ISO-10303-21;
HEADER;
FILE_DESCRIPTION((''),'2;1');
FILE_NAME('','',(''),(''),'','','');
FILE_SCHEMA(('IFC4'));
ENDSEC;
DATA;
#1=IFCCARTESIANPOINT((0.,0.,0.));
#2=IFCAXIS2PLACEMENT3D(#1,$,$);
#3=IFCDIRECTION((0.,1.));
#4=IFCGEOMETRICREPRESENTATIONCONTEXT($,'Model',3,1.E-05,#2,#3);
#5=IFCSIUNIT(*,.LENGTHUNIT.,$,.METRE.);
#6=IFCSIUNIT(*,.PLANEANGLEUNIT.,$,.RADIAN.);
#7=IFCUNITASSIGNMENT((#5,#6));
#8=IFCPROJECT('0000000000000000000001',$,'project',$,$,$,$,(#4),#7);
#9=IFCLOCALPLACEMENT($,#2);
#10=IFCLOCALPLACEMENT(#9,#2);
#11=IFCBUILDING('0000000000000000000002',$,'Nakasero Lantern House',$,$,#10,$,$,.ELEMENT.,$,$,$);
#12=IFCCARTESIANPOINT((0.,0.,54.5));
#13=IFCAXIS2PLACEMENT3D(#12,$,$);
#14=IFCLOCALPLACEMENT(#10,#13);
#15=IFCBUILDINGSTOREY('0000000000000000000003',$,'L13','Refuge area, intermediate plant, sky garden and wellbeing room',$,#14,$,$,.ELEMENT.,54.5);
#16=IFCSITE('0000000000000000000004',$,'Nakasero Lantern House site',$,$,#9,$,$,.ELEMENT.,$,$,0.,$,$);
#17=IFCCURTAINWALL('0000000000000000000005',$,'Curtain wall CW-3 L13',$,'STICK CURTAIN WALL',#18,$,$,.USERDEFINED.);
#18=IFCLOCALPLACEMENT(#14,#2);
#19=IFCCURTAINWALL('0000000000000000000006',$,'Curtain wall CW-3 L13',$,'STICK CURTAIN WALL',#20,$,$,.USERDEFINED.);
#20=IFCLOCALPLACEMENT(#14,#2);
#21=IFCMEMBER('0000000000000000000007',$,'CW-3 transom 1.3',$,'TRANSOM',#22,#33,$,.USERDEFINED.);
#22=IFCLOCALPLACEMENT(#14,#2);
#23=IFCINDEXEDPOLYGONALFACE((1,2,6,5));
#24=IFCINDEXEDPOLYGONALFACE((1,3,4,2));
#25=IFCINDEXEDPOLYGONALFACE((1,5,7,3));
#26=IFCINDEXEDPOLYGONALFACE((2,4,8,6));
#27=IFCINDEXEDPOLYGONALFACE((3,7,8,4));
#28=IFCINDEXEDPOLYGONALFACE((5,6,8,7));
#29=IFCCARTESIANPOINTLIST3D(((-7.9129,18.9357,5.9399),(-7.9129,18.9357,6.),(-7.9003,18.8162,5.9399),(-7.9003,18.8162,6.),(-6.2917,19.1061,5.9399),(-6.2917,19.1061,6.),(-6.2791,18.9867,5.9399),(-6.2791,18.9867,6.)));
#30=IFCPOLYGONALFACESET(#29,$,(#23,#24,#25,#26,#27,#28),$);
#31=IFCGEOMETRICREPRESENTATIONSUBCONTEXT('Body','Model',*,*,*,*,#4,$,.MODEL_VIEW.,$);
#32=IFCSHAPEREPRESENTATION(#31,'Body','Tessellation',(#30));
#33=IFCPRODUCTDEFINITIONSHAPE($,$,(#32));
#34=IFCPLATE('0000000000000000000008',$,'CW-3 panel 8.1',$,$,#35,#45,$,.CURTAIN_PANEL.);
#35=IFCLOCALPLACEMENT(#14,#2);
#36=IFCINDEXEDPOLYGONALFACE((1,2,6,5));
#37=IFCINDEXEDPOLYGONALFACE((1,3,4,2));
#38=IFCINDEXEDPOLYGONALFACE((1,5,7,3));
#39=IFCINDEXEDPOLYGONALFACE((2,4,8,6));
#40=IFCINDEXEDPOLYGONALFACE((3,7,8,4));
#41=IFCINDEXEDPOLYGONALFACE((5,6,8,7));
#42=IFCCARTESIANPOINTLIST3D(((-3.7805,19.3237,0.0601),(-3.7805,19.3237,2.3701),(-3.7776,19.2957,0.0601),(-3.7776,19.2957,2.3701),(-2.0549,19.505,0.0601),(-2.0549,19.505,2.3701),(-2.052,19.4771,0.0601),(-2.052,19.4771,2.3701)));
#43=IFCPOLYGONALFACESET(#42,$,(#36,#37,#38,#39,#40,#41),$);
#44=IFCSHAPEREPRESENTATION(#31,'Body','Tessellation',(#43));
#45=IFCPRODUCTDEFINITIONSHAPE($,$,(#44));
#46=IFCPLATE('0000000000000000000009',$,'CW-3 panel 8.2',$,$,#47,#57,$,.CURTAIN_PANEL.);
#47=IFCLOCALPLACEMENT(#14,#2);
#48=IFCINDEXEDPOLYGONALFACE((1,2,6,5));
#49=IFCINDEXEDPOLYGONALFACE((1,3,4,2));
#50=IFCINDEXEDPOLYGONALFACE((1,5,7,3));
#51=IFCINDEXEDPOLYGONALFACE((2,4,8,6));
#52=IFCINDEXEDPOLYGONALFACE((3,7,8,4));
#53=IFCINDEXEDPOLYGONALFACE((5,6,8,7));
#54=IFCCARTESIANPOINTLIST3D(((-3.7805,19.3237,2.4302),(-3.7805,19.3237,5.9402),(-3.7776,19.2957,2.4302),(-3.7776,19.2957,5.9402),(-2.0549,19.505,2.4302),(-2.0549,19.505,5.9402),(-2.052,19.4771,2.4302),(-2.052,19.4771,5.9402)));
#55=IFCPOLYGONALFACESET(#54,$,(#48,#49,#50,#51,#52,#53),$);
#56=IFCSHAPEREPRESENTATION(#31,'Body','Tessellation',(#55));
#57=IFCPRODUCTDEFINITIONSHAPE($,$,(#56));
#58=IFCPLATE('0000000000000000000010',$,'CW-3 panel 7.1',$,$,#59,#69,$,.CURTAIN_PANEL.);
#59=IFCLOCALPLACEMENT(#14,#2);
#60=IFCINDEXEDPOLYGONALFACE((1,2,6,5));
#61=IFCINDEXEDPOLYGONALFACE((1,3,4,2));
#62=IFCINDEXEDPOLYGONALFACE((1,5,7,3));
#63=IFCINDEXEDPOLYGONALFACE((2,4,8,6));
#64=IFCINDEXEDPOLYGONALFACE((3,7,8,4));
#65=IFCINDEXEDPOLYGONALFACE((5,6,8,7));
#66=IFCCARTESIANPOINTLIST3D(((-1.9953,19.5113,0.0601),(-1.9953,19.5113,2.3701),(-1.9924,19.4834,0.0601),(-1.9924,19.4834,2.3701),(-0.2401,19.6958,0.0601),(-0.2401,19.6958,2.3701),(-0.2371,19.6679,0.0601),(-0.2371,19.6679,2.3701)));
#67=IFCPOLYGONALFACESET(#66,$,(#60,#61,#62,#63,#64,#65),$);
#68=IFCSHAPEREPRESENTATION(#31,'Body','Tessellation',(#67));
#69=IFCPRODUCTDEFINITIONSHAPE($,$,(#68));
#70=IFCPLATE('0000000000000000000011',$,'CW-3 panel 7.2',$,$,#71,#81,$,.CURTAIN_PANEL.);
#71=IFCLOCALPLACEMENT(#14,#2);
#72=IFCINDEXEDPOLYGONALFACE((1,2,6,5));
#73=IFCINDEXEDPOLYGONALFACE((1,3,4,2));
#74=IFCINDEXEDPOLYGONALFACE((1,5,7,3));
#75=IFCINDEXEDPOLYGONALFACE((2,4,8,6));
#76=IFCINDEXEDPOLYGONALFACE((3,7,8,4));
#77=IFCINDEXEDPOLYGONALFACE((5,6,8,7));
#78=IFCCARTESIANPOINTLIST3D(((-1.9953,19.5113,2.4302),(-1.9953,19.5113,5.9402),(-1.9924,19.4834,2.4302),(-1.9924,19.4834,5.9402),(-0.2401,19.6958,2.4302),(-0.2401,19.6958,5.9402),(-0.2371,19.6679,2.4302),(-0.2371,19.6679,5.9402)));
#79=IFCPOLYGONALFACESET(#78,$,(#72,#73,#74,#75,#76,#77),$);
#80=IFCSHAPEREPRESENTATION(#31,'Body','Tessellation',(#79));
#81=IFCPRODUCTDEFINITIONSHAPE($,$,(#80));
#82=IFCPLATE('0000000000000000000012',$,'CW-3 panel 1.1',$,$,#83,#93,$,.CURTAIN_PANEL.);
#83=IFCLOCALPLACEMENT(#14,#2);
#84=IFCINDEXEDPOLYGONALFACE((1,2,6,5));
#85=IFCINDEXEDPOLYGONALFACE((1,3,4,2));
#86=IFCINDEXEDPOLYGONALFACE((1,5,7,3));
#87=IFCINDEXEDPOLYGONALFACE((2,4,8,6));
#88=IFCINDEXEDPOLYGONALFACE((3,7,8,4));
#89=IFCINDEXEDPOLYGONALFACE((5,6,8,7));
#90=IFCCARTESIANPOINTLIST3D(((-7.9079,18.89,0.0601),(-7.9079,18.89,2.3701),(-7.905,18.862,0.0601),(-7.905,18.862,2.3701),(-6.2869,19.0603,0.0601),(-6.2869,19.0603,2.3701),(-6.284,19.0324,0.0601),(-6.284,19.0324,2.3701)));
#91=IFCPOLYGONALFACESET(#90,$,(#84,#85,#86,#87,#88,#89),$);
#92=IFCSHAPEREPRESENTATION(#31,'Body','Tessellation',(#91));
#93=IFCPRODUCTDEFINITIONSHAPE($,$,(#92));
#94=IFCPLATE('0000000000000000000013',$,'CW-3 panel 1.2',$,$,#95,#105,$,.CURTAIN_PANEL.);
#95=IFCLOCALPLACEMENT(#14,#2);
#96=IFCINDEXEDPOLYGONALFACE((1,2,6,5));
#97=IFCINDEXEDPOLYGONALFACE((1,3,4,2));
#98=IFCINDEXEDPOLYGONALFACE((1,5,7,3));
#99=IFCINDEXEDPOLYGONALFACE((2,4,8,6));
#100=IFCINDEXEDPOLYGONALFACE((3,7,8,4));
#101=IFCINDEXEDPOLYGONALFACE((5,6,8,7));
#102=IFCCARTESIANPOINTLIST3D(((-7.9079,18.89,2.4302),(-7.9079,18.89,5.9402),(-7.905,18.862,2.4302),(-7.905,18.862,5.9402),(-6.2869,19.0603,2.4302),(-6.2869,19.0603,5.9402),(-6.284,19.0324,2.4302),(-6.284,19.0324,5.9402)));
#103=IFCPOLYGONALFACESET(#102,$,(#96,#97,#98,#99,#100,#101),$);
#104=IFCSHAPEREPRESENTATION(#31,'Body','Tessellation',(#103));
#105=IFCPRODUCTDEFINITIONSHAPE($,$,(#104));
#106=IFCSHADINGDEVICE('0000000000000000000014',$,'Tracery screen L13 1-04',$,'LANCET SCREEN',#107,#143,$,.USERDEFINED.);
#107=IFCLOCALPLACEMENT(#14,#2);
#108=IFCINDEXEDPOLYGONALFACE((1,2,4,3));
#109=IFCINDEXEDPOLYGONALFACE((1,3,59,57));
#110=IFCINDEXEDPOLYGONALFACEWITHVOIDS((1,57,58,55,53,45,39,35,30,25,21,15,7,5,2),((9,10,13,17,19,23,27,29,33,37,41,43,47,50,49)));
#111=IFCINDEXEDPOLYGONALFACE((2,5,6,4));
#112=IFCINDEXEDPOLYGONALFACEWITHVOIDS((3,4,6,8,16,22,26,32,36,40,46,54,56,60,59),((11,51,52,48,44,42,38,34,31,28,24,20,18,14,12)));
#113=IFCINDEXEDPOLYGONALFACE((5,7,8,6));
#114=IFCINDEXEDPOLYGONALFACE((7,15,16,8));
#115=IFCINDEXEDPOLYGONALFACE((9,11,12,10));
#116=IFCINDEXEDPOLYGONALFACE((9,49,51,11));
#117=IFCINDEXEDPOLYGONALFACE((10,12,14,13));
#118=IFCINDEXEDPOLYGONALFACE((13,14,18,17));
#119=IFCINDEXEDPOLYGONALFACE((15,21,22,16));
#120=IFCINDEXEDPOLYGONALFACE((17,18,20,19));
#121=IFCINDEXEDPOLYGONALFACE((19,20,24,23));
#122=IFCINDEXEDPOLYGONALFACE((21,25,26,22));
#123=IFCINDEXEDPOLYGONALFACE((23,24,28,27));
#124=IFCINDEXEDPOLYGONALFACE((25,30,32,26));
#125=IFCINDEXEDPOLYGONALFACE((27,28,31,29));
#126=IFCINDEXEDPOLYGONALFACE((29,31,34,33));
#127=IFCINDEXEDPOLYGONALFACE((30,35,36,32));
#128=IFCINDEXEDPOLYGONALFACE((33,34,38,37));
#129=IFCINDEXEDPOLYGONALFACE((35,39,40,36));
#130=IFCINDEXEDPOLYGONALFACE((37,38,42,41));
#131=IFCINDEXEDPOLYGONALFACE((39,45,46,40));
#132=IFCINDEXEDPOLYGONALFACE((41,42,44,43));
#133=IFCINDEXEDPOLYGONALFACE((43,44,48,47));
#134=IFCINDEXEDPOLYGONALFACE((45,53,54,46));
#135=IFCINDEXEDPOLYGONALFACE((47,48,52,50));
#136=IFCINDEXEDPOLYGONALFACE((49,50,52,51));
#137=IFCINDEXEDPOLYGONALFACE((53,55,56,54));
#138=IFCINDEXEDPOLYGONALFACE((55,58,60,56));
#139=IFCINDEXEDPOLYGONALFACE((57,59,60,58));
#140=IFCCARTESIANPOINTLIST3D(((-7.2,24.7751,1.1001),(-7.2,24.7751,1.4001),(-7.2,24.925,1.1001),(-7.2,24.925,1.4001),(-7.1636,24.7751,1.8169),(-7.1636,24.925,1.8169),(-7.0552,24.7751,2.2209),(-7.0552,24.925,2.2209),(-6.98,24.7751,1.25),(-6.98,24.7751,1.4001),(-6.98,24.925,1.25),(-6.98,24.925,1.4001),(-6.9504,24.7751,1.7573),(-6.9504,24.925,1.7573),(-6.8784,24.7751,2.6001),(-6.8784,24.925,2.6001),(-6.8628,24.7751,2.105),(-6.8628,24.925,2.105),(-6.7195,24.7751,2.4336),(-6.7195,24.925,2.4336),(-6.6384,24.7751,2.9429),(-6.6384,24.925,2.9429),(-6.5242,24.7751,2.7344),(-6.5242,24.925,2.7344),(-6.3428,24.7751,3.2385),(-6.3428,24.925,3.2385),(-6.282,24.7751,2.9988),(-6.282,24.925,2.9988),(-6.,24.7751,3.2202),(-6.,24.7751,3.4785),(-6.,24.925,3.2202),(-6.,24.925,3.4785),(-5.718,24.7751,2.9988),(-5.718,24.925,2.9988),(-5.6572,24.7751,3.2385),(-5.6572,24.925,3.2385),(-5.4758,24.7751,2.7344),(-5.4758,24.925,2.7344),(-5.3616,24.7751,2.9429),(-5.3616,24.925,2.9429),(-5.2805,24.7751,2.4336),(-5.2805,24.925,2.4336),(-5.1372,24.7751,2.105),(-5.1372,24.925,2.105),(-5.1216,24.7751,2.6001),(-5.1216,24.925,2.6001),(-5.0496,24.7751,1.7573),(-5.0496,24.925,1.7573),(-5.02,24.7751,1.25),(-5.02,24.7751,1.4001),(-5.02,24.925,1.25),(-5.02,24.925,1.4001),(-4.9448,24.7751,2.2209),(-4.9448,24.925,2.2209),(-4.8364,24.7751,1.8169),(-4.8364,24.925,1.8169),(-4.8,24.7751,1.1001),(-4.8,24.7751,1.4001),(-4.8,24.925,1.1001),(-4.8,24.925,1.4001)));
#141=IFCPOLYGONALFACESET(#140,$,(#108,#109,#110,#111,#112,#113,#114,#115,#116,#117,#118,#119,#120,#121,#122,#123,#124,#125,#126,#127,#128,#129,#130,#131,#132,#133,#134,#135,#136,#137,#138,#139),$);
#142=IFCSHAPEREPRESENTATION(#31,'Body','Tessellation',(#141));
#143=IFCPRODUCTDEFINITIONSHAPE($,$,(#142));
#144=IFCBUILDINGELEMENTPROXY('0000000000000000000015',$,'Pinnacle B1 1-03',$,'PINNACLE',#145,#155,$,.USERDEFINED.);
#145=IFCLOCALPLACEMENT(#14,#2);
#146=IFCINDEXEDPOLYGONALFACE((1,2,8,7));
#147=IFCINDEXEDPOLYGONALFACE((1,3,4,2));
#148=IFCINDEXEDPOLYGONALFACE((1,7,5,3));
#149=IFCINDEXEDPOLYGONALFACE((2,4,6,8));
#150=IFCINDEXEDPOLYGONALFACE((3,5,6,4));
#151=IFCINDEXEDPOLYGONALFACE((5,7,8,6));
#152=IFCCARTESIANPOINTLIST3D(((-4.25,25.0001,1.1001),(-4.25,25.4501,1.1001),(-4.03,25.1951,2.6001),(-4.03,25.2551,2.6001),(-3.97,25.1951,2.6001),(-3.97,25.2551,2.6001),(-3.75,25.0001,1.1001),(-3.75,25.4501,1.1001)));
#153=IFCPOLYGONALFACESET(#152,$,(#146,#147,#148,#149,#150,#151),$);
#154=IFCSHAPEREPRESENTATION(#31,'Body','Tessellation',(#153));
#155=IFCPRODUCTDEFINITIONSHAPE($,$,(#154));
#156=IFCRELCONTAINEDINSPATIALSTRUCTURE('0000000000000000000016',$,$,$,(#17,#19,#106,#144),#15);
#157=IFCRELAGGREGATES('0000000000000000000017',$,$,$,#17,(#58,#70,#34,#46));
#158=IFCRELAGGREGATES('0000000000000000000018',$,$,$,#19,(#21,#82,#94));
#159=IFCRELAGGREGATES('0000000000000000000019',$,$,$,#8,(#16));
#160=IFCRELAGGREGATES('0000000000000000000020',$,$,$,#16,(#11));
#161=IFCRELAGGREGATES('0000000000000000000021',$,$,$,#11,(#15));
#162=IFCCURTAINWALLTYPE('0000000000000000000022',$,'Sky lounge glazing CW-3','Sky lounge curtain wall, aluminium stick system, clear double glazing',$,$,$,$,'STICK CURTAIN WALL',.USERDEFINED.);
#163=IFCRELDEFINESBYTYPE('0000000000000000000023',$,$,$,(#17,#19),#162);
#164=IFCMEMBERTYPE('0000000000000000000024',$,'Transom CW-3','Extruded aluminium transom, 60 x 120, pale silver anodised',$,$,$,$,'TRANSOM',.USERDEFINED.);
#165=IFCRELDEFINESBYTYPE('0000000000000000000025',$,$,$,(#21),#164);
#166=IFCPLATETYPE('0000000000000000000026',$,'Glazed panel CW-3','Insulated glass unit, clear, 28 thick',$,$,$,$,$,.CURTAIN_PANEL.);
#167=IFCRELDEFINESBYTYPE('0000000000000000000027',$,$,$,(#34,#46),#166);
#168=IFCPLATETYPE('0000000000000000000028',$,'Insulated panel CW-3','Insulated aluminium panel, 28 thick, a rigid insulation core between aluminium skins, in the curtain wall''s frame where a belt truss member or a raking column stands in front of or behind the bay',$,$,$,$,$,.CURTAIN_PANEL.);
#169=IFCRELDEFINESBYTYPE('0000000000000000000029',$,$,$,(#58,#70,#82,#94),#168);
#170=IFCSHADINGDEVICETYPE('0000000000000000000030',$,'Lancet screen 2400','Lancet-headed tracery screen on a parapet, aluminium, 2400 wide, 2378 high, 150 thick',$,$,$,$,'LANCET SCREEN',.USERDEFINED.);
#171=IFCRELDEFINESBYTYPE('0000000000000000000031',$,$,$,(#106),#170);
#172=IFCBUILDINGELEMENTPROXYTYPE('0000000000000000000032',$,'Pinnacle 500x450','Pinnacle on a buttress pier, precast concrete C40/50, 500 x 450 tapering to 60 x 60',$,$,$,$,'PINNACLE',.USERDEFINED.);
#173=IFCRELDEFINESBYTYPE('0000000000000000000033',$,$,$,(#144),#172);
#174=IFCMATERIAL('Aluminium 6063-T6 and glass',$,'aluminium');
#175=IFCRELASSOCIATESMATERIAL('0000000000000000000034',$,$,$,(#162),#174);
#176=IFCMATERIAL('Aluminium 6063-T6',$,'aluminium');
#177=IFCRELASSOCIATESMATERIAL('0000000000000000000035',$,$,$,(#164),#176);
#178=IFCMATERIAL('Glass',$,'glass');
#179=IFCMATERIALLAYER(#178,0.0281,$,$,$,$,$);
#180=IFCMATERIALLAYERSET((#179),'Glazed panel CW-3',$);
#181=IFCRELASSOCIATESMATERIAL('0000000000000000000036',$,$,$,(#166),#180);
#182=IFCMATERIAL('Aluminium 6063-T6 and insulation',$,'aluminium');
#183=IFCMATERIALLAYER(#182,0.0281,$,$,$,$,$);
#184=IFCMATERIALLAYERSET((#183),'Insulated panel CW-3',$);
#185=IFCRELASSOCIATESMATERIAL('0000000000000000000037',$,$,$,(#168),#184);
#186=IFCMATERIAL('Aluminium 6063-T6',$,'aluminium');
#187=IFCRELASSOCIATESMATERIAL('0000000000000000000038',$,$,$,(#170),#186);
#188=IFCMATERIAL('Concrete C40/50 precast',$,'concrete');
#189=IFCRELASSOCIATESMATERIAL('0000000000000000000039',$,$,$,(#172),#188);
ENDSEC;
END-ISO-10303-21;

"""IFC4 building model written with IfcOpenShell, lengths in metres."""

from ifc_helpers import new_model, entity, si_unit, direction, frame, origin, origin_2d, place, context, subcontext, project, spatial, polyline, rectangle, outline, extrude, material, layer, layer_set, material_profile, profile_set, type_object, element, aggregate, save


model = new_model("IFC4")

# Units and contexts
model_context = context("Model", 3, precision=1e-05, world=origin(), true_north=direction((0.0, 1.0)))
body_context = subcontext(model_context, "Body", "Model", "MODEL_VIEW")
ifc_project = project(units=[si_unit("LENGTHUNIT", "METRE"), si_unit("PLANEANGLEUNIT", "RADIAN")], contexts=[model_context])

# Site, building, storey
site_placement = place(None, origin())
site = spatial("IfcSite", under=ifc_project, at=site_placement, Name="Nakasero Lantern House site", CompositionType="ELEMENT", RefElevation=0.0)
building_placement = place(site_placement, origin())
building = spatial("IfcBuilding", under=site, at=building_placement, Name="Nakasero Lantern House", CompositionType="ELEMENT")
storey_placement = place(building_placement, frame((0.0, 0.0, 54.5)))
storey = spatial("IfcBuildingStorey", under=building, at=storey_placement, Name="L13", Description="Refuge area, intermediate plant, sky garden and wellbeing room", CompositionType="ELEMENT", Elevation=54.5)

# Curtain wall
ifc_material_1 = material(Name="Aluminium 6063-T6 and glass", Category="aluminium")
curtain_wall_type = type_object("IfcCurtainWallType", Name="Sky lounge glazing CW-3", Description="Sky lounge curtain wall, aluminium stick system, clear double glazing", ElementType="STICK CURTAIN WALL", PredefinedType="USERDEFINED", material=ifc_material_1)
curtain_wall_1_placement = place(storey_placement, origin())
curtain_wall_1 = element("IfcCurtainWall", 1, at=curtain_wall_1_placement, inside=storey, type_object=curtain_wall_type, Name="Curtain wall CW-3 L13", ObjectType="STICK CURTAIN WALL", PredefinedType="USERDEFINED")

# Curtain wall
curtain_wall_2_placement = place(storey_placement, origin())
curtain_wall_2 = element("IfcCurtainWall", 2, at=curtain_wall_2_placement, inside=storey, type_object=curtain_wall_type, Name="Curtain wall CW-3 L13", ObjectType="STICK CURTAIN WALL", PredefinedType="USERDEFINED")

# Member
ifc_material_2 = material(Name="Aluminium 6063-T6", Category="aluminium")
ifc_material_profile_1 = material_profile(ifc_material_2, rectangle(XDim=0.0601, YDim=0.1201, at=origin_2d()), Name="CW-3 transom 60x120")
ifc_profile_set_1 = profile_set([ifc_material_profile_1], Name="Aluminium 6063-T6")
member_type_1 = type_object("IfcMemberType", Name="Transom CW-3", Description="Extruded aluminium transom, 60 x 120, pale silver anodised", ElementType="TRANSOM", PredefinedType="USERDEFINED", material=ifc_profile_set_1)
member_1_placement = place(storey_placement, frame((-6.2854, 19.0464, 5.97), z_axis=(-0.99452, -0.104544, 0.0), x_axis=(0.0, 0.0, 1.0)))
member_1 = element("IfcMember", 3, at=member_1_placement, type_object=member_type_1, Name="CW-3 transom 1.3", ObjectType="TRANSOM", PredefinedType="USERDEFINED", context=body_context, shape_type="SweptSolid", body=[
    extrude(rectangle(XDim=0.0601, YDim=0.1201, at=origin_2d()), origin(), (0.0, 0.0, 1.0), 1.6301),
])

# Plates
ifc_material_3 = material(Name="Glass", Category="glass")
ifc_layer_1 = layer(ifc_material_3, 0.0281)
ifc_layer_set_1 = layer_set([ifc_layer_1], Name="Glazed panel CW-3")
plate_type_1 = type_object("IfcPlateType", Name="Glazed panel CW-3", Description="Insulated glass unit, clear, 28 thick", PredefinedType="CURTAIN_PANEL", material=ifc_layer_set_1)
plate_1_placement = place(storey_placement, frame((-2.9163, 19.4004, 0.0601), z_axis=(0.0, 0.0, 1.0), x_axis=(-0.994522, -0.104528, 0.0)))
plate_1 = element("IfcPlate", 4, at=plate_1_placement, type_object=plate_type_1, Name="CW-3 panel 8.1", PredefinedType="CURTAIN_PANEL", context=body_context, shape_type="SweptSolid", body=[
    extrude(rectangle(XDim=1.7351, YDim=0.0281, at=origin_2d()), origin(), (0.0, 0.0, 1.0), 2.3101),
])
plate_2_placement = place(storey_placement, frame((-2.9163, 19.4004, 2.4302), z_axis=(0.0, 0.0, 1.0), x_axis=(-0.994522, -0.104528, 0.0)))
plate_2 = element("IfcPlate", 5, at=plate_2_placement, type_object=plate_type_1, Name="CW-3 panel 8.2", PredefinedType="CURTAIN_PANEL", context=body_context, shape_type="SweptSolid", body=[
    extrude(rectangle(XDim=1.7351, YDim=0.0281, at=origin_2d()), origin(), (0.0, 0.0, 1.0), 3.51),
])
ifc_material_4 = material(Name="Aluminium 6063-T6 and insulation", Category="aluminium")
ifc_layer_2 = layer(ifc_material_4, 0.0281)
ifc_layer_set_2 = layer_set([ifc_layer_2], Name="Insulated panel CW-3")
plate_type_2 = type_object("IfcPlateType", Name="Insulated panel CW-3", Description="Insulated aluminium panel, 28 thick, a rigid insulation core between aluminium skins, in the curtain wall's frame where a belt truss member or a raking column stands in front of or behind the bay", PredefinedType="CURTAIN_PANEL", material=ifc_layer_set_2)
plate_3_placement = place(storey_placement, frame((-1.1162, 19.5896, 0.0601), z_axis=(0.0, 0.0, 1.0), x_axis=(-0.994522, -0.104528, 0.0)))
plate_3 = element("IfcPlate", 6, at=plate_3_placement, type_object=plate_type_2, Name="CW-3 panel 7.1", PredefinedType="CURTAIN_PANEL", context=body_context, shape_type="SweptSolid", body=[
    extrude(rectangle(XDim=1.7649, YDim=0.0281, at=origin_2d()), origin(), (0.0, 0.0, 1.0), 2.3101),
])
plate_4_placement = place(storey_placement, frame((-1.1162, 19.5896, 2.4302), z_axis=(0.0, 0.0, 1.0), x_axis=(-0.994522, -0.104528, 0.0)))
plate_4 = element("IfcPlate", 7, at=plate_4_placement, type_object=plate_type_2, Name="CW-3 panel 7.2", PredefinedType="CURTAIN_PANEL", context=body_context, shape_type="SweptSolid", body=[
    extrude(rectangle(XDim=1.7649, YDim=0.0281, at=origin_2d()), origin(), (0.0, 0.0, 1.0), 3.51),
])
aggregate(curtain_wall_1, [plate_3, plate_4, plate_1, plate_2])
plate_5_placement = place(storey_placement, frame((-7.0959, 18.9612, 0.0601), z_axis=(0.0, 0.0, 1.0), x_axis=(-0.994522, -0.104528, 0.0)))
plate_5 = element("IfcPlate", 8, at=plate_5_placement, type_object=plate_type_2, Name="CW-3 panel 1.1", PredefinedType="CURTAIN_PANEL", context=body_context, shape_type="SweptSolid", body=[
    extrude(rectangle(XDim=1.6299, YDim=0.0281, at=origin_2d()), origin(), (0.0, 0.0, 1.0), 2.3101),
])
plate_6_placement = place(storey_placement, frame((-7.0959, 18.9612, 2.4302), z_axis=(0.0, 0.0, 1.0), x_axis=(-0.994522, -0.104528, 0.0)))
plate_6 = element("IfcPlate", 9, at=plate_6_placement, type_object=plate_type_2, Name="CW-3 panel 1.2", PredefinedType="CURTAIN_PANEL", context=body_context, shape_type="SweptSolid", body=[
    extrude(rectangle(XDim=1.6299, YDim=0.0281, at=origin_2d()), origin(), (0.0, 0.0, 1.0), 3.51),
])
aggregate(curtain_wall_2, [member_1, plate_5, plate_6])

# Shading device
ifc_material_5 = material(Name="Aluminium 6063-T6", Category="aluminium")
shading_device_type = type_object("IfcShadingDeviceType", Name="Lancet screen 2400", Description="Lancet-headed tracery screen on a parapet, aluminium, 2400 wide, 2378 high, 150 thick", ElementType="LANCET SCREEN", PredefinedType="USERDEFINED", material=ifc_material_5)
shading_device_placement = place(storey_placement, frame((-6.0, 24.8501, 1.1001), z_axis=(0.0, 0.0, 1.0), x_axis=(-1.0, 0.0, 0.0)))
element("IfcShadingDevice", 10, at=shading_device_placement, inside=storey, type_object=shading_device_type, Name="Tracery screen L13 1-04", ObjectType="LANCET SCREEN", PredefinedType="USERDEFINED", context=body_context, shape_type="SweptSolid", body=[
    extrude(outline(polyline([(-1.2, 0.0), (1.2, 0.0), (1.2, 0.3), (1.1636, 0.7168), (1.0552, 1.1208), (0.8784, 1.5), (0.6384, 1.8428), (0.3428, 2.1384), (0.0, 2.3784), (-0.3428, 2.1384), (-0.6384, 1.8428), (-0.8784, 1.5), (-1.0552, 1.1208), (-1.1636, 0.7168), (-1.2, 0.3), (-1.2, 0.0)]), holes=[polyline([(-0.98, 0.1499), (0.98, 0.1499), (0.98, 0.3), (0.9504, 0.6572), (0.8628, 1.0049), (0.7195, 1.3335), (0.5242, 1.6343), (0.282, 1.8987), (0.0, 2.1201), (-0.282, 1.8987), (-0.5242, 1.6343), (-0.7195, 1.3335), (-0.8628, 1.0049), (-0.9504, 0.6572), (-0.98, 0.3), (-0.98, 0.1499)])]), frame((0.0, 0.075, 0.0), z_axis=(0.0, -1.0, 0.0), x_axis=(1.0, 0.0, 0.0)), (0.0, 0.0, 1.0), 0.1499),
])

# Building element proxy
ifc_material_6 = material(Name="Concrete C40/50 precast", Category="concrete")
building_element_proxy_type = type_object("IfcBuildingElementProxyType", Name="Pinnacle 500x450", Description="Pinnacle on a buttress pier, precast concrete C40/50, 500 x 450 tapering to 60 x 60", ElementType="PINNACLE", PredefinedType="USERDEFINED", material=ifc_material_6)
proxy_placement = place(storey_placement, frame((-4.0, 25.2251, 1.1001), z_axis=(0.0, 0.0, 1.0), x_axis=(0.0, 1.0, 0.0)))
element("IfcBuildingElementProxy", 11, at=proxy_placement, inside=storey, type_object=building_element_proxy_type, Name="Pinnacle B1 1-03", ObjectType="PINNACLE", PredefinedType="USERDEFINED", context=body_context, shape_type="SweptSolid", body=[
    entity("IfcExtrudedAreaSolidTapered", entity("IfcRectangleProfileDef", "AREA", None, entity("IfcAxis2Placement2D", entity("IfcCartesianPoint", [0.0, 0.0])), 0.45, 0.5), entity("IfcAxis2Placement3D", entity("IfcCartesianPoint", [0.0, 0.0, 0.0])), entity("IfcDirection", [0.0, 0.0, 1.0]), 1.5, entity("IfcRectangleProfileDef", "AREA", None, entity("IfcAxis2Placement2D", entity("IfcCartesianPoint", [0.0, 0.0])), 0.0601, 0.0601)),
])

save(model, "model.ifc")
